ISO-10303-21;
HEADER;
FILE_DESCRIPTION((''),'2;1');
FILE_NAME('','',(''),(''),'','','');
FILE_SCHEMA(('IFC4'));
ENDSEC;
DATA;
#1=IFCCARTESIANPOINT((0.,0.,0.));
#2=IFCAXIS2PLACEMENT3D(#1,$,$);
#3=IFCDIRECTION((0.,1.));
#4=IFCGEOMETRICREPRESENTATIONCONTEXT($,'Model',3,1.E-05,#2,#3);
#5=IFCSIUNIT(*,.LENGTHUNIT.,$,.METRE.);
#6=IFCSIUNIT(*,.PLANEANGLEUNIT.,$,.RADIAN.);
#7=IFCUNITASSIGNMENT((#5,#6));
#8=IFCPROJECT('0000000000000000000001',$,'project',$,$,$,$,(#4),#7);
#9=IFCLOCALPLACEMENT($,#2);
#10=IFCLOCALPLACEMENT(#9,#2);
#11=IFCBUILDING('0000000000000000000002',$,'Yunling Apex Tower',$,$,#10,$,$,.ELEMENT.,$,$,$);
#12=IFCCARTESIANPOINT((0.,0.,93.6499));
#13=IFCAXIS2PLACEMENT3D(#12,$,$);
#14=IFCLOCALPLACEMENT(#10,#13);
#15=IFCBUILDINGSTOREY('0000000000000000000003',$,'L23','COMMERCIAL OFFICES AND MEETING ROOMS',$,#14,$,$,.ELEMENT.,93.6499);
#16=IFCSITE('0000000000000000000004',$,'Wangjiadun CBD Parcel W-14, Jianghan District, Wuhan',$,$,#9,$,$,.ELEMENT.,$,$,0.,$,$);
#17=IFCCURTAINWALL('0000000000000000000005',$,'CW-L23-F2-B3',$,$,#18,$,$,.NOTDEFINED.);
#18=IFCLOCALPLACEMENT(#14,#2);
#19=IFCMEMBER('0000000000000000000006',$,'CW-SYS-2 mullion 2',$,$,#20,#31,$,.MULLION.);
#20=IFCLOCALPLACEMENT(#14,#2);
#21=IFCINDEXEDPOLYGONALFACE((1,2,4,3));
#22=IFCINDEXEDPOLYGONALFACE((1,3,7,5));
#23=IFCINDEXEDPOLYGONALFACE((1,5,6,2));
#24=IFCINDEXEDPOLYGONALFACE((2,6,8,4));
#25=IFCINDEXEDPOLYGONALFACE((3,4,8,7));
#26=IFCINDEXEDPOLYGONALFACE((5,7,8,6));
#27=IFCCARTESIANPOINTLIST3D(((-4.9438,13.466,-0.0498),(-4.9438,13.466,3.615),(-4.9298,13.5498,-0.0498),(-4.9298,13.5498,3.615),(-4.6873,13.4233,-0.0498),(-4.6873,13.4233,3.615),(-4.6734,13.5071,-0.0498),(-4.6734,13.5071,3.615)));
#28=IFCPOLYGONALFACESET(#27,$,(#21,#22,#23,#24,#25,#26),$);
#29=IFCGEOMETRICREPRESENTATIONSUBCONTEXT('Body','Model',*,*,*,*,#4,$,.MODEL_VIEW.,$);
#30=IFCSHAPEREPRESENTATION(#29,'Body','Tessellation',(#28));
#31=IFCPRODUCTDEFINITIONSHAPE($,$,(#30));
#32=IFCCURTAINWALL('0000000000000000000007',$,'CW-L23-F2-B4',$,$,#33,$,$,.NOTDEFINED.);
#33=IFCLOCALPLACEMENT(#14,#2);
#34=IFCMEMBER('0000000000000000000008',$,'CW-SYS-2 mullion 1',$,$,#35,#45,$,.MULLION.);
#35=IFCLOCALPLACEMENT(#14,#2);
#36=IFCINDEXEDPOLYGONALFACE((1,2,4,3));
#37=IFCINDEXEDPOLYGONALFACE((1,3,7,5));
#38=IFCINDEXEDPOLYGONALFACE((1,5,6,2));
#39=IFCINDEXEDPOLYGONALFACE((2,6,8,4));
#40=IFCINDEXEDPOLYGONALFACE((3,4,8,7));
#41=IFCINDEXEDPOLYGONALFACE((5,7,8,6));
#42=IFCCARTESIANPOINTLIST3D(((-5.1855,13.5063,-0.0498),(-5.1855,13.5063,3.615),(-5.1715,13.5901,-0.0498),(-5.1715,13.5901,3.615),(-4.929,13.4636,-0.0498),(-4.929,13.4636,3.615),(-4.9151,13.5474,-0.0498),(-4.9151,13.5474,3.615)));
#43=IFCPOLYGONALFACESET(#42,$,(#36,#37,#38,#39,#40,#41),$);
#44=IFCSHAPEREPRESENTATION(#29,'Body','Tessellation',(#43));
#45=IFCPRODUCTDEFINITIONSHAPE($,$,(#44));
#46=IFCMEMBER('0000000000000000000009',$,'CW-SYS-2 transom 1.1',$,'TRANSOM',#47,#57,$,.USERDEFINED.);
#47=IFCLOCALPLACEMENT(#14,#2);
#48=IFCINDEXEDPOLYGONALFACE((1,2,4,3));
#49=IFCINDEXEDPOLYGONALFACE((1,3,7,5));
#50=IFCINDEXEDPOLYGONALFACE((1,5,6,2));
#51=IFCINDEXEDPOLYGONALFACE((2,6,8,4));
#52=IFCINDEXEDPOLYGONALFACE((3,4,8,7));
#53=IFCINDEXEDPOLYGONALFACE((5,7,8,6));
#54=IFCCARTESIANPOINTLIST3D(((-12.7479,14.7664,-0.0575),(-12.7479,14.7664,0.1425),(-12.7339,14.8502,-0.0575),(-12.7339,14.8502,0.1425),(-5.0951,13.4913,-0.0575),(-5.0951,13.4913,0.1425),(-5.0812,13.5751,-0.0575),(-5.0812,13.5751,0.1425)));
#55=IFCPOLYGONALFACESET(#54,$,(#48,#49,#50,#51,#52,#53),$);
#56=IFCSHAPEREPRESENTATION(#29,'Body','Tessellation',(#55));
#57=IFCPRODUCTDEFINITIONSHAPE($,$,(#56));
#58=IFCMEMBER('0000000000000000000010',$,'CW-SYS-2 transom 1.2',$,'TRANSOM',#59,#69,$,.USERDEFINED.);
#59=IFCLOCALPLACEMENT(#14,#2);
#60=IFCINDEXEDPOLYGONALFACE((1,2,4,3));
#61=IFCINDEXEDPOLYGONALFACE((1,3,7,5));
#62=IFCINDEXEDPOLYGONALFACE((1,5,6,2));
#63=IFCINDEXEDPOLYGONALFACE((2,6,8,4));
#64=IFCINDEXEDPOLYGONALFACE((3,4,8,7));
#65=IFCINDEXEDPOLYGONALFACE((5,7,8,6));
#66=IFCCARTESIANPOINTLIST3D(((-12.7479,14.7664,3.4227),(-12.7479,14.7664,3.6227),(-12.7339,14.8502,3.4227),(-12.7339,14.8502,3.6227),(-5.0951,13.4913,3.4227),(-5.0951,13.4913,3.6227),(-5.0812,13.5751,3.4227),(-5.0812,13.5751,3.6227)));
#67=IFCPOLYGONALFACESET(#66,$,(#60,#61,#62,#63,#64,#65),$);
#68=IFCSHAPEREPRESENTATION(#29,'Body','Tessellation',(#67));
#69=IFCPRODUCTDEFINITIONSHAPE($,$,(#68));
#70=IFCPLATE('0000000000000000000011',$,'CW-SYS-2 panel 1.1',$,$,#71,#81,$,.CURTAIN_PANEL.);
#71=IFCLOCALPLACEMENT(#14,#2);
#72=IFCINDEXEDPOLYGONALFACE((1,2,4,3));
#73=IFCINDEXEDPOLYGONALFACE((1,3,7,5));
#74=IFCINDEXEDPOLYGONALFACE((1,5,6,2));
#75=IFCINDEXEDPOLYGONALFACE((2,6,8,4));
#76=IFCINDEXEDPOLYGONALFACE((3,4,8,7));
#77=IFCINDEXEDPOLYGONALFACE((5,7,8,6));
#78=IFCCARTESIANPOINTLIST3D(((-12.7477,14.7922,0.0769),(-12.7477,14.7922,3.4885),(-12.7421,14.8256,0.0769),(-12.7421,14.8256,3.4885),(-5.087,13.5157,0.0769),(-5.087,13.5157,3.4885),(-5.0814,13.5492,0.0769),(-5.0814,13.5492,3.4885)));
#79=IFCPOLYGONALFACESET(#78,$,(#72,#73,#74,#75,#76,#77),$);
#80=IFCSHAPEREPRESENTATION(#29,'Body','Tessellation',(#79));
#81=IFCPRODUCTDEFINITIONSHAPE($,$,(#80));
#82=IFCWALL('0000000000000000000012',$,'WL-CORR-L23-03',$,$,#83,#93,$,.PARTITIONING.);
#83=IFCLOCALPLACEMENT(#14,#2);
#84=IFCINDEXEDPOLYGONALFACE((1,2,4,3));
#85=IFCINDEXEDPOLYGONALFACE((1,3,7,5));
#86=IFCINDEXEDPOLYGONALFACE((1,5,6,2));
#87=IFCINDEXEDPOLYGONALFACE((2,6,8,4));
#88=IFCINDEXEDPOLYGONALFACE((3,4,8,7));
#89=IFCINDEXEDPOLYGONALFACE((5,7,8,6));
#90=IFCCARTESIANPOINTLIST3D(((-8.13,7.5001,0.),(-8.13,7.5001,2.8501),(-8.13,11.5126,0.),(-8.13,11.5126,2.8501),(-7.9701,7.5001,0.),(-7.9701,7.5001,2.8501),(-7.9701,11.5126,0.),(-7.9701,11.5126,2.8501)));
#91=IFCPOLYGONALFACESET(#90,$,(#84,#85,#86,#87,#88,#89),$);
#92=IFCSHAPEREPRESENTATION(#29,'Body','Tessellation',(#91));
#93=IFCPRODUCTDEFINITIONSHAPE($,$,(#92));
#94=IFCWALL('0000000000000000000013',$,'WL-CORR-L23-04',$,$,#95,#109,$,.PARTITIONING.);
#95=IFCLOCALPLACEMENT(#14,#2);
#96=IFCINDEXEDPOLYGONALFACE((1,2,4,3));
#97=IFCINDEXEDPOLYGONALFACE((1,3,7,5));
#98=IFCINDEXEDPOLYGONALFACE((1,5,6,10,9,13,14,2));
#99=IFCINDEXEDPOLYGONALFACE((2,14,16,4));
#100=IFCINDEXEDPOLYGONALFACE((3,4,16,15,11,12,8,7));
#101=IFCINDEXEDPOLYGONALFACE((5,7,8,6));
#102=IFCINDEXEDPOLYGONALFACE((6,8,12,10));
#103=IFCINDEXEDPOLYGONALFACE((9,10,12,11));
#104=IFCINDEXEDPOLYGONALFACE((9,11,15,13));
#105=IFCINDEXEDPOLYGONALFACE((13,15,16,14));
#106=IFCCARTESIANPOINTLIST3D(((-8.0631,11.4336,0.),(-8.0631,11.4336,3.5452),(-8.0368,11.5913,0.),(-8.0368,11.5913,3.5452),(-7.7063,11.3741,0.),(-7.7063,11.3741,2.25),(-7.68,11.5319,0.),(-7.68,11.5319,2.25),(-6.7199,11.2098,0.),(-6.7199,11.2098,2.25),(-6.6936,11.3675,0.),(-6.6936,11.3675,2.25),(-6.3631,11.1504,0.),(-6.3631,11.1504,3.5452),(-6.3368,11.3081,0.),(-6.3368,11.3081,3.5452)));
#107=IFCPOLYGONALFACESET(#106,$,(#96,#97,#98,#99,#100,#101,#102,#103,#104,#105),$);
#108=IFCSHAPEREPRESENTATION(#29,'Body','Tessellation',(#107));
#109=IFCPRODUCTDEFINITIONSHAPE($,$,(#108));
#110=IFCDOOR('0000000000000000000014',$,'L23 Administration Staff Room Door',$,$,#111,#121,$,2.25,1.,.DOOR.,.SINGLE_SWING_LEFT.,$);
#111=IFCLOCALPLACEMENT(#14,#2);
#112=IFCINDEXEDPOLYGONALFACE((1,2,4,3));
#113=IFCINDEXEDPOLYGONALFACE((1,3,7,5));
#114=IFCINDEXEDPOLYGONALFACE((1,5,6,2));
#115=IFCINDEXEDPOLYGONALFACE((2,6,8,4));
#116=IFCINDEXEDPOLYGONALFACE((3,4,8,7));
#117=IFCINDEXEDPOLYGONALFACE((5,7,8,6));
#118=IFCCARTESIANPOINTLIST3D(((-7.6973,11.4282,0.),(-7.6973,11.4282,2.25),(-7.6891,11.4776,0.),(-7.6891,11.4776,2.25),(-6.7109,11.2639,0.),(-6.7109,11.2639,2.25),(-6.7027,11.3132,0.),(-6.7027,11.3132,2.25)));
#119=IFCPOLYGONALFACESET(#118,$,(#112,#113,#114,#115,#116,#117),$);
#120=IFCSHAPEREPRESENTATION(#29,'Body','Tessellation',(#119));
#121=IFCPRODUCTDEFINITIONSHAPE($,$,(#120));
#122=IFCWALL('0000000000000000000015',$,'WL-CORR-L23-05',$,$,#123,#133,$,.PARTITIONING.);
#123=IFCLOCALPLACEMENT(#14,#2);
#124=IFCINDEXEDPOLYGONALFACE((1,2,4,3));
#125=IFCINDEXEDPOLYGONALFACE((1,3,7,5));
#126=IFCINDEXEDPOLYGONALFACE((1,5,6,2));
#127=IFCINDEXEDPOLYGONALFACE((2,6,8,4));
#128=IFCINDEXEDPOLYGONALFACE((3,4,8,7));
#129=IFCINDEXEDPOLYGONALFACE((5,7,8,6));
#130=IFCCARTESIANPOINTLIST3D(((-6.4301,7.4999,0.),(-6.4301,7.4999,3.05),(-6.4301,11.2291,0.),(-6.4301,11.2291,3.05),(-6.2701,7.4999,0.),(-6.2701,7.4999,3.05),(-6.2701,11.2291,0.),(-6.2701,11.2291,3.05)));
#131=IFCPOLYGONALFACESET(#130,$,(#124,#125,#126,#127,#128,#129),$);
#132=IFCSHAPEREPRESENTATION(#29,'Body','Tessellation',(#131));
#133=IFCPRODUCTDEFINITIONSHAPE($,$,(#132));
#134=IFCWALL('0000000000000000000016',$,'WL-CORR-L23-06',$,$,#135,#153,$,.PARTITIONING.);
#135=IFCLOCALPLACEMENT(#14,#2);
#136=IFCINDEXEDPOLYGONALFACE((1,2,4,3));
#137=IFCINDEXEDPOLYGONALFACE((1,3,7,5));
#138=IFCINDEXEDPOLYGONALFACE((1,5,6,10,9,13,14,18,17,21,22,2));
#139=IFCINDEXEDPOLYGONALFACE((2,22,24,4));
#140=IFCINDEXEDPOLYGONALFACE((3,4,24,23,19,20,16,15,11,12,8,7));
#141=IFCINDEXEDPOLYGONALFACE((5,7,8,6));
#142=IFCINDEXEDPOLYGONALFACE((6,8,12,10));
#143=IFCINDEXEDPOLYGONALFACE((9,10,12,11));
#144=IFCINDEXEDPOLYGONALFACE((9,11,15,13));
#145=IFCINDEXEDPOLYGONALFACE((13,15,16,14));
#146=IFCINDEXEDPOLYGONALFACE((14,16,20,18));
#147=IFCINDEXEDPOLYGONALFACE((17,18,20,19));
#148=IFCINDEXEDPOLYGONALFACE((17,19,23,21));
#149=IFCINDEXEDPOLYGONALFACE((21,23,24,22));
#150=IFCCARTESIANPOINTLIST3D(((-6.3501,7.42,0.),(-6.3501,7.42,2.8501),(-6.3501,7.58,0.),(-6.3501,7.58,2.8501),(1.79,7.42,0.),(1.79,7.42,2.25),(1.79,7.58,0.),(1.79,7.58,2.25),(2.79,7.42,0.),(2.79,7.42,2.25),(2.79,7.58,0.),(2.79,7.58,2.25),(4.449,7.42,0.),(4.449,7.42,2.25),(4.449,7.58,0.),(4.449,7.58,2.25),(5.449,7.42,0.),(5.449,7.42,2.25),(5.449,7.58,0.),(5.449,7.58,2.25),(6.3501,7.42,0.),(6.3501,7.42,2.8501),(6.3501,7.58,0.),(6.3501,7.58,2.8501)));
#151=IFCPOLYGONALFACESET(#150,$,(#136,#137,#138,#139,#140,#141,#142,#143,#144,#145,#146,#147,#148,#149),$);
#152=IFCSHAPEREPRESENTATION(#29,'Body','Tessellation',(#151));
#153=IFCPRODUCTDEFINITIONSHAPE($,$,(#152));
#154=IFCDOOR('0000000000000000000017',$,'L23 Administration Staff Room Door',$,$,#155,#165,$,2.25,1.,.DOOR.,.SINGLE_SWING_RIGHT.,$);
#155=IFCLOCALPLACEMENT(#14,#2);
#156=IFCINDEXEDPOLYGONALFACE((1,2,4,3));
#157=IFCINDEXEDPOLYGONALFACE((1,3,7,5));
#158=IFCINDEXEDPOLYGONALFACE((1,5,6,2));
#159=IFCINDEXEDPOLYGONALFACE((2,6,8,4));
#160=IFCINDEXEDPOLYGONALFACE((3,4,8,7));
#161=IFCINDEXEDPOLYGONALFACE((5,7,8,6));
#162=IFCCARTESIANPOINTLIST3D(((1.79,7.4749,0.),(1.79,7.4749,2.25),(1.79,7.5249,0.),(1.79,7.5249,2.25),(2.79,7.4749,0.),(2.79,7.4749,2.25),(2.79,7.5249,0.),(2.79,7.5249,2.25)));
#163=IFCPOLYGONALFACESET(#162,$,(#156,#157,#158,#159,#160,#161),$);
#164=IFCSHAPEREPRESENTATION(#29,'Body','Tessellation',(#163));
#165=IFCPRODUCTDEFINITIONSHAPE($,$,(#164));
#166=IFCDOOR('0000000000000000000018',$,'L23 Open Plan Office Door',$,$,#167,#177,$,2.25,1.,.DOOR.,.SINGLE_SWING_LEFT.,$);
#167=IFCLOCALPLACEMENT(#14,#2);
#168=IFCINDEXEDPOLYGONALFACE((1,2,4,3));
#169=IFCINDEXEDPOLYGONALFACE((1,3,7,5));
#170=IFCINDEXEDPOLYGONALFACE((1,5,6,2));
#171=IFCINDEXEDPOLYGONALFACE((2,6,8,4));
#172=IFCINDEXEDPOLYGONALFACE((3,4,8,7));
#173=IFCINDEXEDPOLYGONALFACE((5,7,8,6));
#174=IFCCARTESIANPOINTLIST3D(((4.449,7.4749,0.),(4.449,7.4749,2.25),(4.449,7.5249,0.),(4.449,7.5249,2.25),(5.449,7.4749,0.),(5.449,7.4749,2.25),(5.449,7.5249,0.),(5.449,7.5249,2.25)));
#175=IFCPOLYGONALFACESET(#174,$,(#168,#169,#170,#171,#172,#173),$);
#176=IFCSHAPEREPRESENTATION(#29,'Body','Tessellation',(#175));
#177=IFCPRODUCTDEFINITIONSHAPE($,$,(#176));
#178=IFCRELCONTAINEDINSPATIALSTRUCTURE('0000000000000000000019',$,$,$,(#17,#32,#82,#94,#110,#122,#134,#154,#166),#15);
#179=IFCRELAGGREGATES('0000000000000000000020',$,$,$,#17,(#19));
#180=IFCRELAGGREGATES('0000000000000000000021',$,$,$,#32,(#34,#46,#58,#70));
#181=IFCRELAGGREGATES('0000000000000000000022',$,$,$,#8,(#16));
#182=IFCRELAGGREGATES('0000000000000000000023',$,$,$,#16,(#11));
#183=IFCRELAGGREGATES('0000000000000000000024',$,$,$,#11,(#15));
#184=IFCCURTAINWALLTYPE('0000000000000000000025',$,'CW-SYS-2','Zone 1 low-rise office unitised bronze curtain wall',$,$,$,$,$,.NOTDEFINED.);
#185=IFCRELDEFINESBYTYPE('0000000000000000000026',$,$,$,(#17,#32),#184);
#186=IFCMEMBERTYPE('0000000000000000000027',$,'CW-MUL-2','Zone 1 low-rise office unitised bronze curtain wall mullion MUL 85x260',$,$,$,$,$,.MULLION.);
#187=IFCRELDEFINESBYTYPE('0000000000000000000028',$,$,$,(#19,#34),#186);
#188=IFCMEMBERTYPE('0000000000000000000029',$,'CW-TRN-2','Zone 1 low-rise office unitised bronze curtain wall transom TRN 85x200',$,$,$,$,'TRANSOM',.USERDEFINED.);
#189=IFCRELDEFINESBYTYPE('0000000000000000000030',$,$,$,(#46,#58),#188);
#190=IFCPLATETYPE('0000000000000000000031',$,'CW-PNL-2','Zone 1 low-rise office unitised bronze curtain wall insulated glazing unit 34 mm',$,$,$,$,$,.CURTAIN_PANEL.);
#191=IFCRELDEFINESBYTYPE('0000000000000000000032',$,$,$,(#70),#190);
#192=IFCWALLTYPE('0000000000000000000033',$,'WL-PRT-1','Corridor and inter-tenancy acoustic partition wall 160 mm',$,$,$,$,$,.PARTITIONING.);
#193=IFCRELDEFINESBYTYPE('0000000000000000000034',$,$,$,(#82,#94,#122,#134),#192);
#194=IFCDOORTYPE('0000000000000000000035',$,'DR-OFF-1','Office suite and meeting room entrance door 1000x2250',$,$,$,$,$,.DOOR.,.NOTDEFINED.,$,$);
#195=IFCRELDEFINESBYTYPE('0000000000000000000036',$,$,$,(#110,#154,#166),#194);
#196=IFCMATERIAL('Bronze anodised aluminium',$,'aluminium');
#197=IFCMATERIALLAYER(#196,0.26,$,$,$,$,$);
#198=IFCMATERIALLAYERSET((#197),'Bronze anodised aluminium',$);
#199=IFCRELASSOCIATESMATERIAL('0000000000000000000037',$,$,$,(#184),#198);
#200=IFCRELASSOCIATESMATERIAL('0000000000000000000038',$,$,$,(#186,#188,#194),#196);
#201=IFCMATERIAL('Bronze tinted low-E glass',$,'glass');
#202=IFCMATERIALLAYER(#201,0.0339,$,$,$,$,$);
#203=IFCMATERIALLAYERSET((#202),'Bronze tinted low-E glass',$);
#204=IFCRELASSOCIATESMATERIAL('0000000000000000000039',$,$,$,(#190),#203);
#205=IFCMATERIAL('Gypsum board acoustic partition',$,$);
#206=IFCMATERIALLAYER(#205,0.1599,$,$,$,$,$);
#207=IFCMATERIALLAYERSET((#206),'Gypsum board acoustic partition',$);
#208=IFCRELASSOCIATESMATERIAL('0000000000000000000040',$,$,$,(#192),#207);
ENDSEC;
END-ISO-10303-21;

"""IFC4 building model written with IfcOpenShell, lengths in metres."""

from ifc_helpers import new_model, si_unit, direction, frame, frame_2d, origin, origin_2d, place, context, subcontext, project, spatial, rectangle, extrude, source, transform, mapped, material, layer, layer_set, material_profile, profile_set, type_object, element, fill, aggregate, save


model = new_model("IFC4")

# Units and contexts
model_context = context("Model", 3, precision=1e-05, world=origin(), true_north=direction((0.0, 1.0)))
body_context = subcontext(model_context, "Body", "Model", "MODEL_VIEW")
ifc_project = project(units=[si_unit("LENGTHUNIT", "METRE"), si_unit("PLANEANGLEUNIT", "RADIAN")], contexts=[model_context])

# Site, building, storey
site_placement = place(None, origin())
site = spatial("IfcSite", under=ifc_project, at=site_placement, Name="Wangjiadun CBD Parcel W-14, Jianghan District, Wuhan", CompositionType="ELEMENT", RefElevation=0.0)
building_placement = place(site_placement, origin())
building = spatial("IfcBuilding", under=site, at=building_placement, Name="Yunling Apex Tower", CompositionType="ELEMENT")
storey_placement = place(building_placement, frame((0.0, 0.0, 93.6499)))
storey = spatial("IfcBuildingStorey", under=building, at=storey_placement, Name="L23", Description="COMMERCIAL OFFICES AND MEETING ROOMS", CompositionType="ELEMENT", Elevation=93.6499)

# Curtain wall, member
ifc_material_1 = material(Name="Bronze anodised aluminium", Category="aluminium")
ifc_layer_1 = layer(ifc_material_1, 0.26)
ifc_layer_set_1 = layer_set([ifc_layer_1], Name="Bronze anodised aluminium")
curtain_wall_type = type_object("IfcCurtainWallType", Name="CW-SYS-2", Description="Zone 1 low-rise office unitised bronze curtain wall", PredefinedType="NOTDEFINED", material=ifc_layer_set_1)
curtain_wall_1_placement = place(storey_placement, origin())
curtain_wall_1 = element("IfcCurtainWall", 1, at=curtain_wall_1_placement, inside=storey, type_object=curtain_wall_type, Name="CW-L23-F2-B3", PredefinedType="NOTDEFINED")
ifc_material_profile_1 = material_profile(ifc_material_1, rectangle(XDim=0.085, YDim=0.26, at=origin_2d()))
ifc_profile_set_1 = profile_set([ifc_material_profile_1], Name="Bronze anodised aluminium")
member_type_1 = type_object("IfcMemberType", Name="CW-MUL-2", Description="Zone 1 low-rise office unitised bronze curtain wall mullion MUL 85x260", PredefinedType="MULLION", material=ifc_profile_set_1)
shared_shape_1 = source(origin(), body_context, "Body", "SweptSolid", [
    extrude(rectangle(XDim=0.085, YDim=0.26, at=origin_2d()), origin(), (0.0, 0.0, 1.0), 3.6648),
])
member_1_placement = place(storey_placement, frame((-4.8086, 13.4866, -0.0498), z_axis=(0.0, 0.0, 1.0), x_axis=(-0.164362, -0.9864, 0.0)))
member_1 = element("IfcMember", 2, at=member_1_placement, type_object=member_type_1, Name="CW-SYS-2 mullion 2", PredefinedType="MULLION", context=body_context, shape_type="MappedRepresentation", body=[
    mapped(shared_shape_1, transform((0.0, 0.0, 0.0), scale=1.0)),
])
aggregate(curtain_wall_1, [member_1])

# Curtain wall, members, plate
curtain_wall_2_placement = place(storey_placement, origin())
curtain_wall_2 = element("IfcCurtainWall", 3, at=curtain_wall_2_placement, inside=storey, type_object=curtain_wall_type, Name="CW-L23-F2-B4", PredefinedType="NOTDEFINED")
member_2_placement = place(storey_placement, frame((-5.0503, 13.5269, -0.0498), z_axis=(0.0, 0.0, 1.0), x_axis=(-0.16436, -0.9864, 0.0)))
member_2 = element("IfcMember", 4, at=member_2_placement, type_object=member_type_1, Name="CW-SYS-2 mullion 1", PredefinedType="MULLION", context=body_context, shape_type="MappedRepresentation", body=[
    mapped(shared_shape_1, transform((0.0, 0.0, 0.0), scale=1.0)),
])
ifc_material_profile_2 = material_profile(ifc_material_1, rectangle(XDim=0.085, YDim=0.2, at=origin_2d()))
ifc_profile_set_2 = profile_set([ifc_material_profile_2], Name="Bronze anodised aluminium")
member_type_2 = type_object("IfcMemberType", Name="CW-TRN-2", Description="Zone 1 low-rise office unitised bronze curtain wall transom TRN 85x200", ElementType="TRANSOM", PredefinedType="USERDEFINED", material=ifc_profile_set_2)
shared_shape_2 = source(origin(), body_context, "Body", "SweptSolid", [
    extrude(rectangle(XDim=0.085, YDim=0.2, at=origin_2d()), origin(), (0.0, 0.0, 1.0), 7.7583),
])
member_3_placement = place(storey_placement, frame((-5.0881, 13.5332, 0.0425), z_axis=(-0.986401, 0.164358, 0.0), x_axis=(-0.164358, -0.986401, 0.0)))
member_3 = element("IfcMember", 5, at=member_3_placement, type_object=member_type_2, Name="CW-SYS-2 transom 1.1", ObjectType="TRANSOM", PredefinedType="USERDEFINED", context=body_context, shape_type="MappedRepresentation", body=[
    mapped(shared_shape_2, transform((0.0, 0.0, 0.0), scale=1.0)),
])
member_4_placement = place(storey_placement, frame((-5.0881, 13.5332, 3.5227), z_axis=(-0.986401, 0.164358, 0.0), x_axis=(-0.164358, -0.986401, 0.0)))
member_4 = element("IfcMember", 6, at=member_4_placement, type_object=member_type_2, Name="CW-SYS-2 transom 1.2", ObjectType="TRANSOM", PredefinedType="USERDEFINED", context=body_context, shape_type="MappedRepresentation", body=[
    mapped(shared_shape_2, transform((0.0, 0.0, 0.0), scale=1.0)),
])
ifc_material_2 = material(Name="Bronze tinted low-E glass", Category="glass")
ifc_layer_2 = layer(ifc_material_2, 0.0339)
ifc_layer_set_2 = layer_set([ifc_layer_2], Name="Bronze tinted low-E glass")
plate_type = type_object("IfcPlateType", Name="CW-PNL-2", Description="Zone 1 low-rise office unitised bronze curtain wall insulated glazing unit 34 mm", PredefinedType="CURTAIN_PANEL", material=ifc_layer_set_2)
shared_shape_3 = source(origin(), body_context, "Body", "SweptSolid", [
    extrude(rectangle(XDim=7.7664, YDim=0.0339, at=origin_2d()), origin(), (0.0, 0.0, 1.0), 3.4116),
])
plate_placement = place(storey_placement, frame((-8.9146, 14.1707, 0.0769), z_axis=(0.0, 0.0, 1.0), x_axis=(-0.9864, 0.16436, 0.0)))
plate = element("IfcPlate", 7, at=plate_placement, type_object=plate_type, Name="CW-SYS-2 panel 1.1", PredefinedType="CURTAIN_PANEL", context=body_context, shape_type="MappedRepresentation", body=[
    mapped(shared_shape_3, transform((0.0, 0.0, 0.0), scale=1.0)),
])
aggregate(curtain_wall_2, [member_2, member_3, member_4, plate])

# Wall
ifc_material_3 = material(Name="Gypsum board acoustic partition")
ifc_layer_3 = layer(ifc_material_3, 0.1599)
ifc_layer_set_3 = layer_set([ifc_layer_3], Name="Gypsum board acoustic partition")
wall_type_1 = type_object("IfcWallType", Name="WL-PRT-1", Description="Corridor and inter-tenancy acoustic partition wall 160 mm", PredefinedType="PARTITIONING", material=ifc_layer_set_3)
wall_1_placement = place(storey_placement, frame((-8.05, 7.5, 0.0), z_axis=(0.0, 0.0, 1.0), x_axis=(0.0, 1.0, 0.0)))
element("IfcWall", 8, at=wall_1_placement, inside=storey, type_object=wall_type_1, Name="WL-CORR-L23-03", PredefinedType="PARTITIONING", context=body_context, shape_type="SweptSolid", body=[
    extrude(rectangle(XDim=4.0125, YDim=0.1599, at=frame_2d((2.0063, 0.0))), origin(), (0.0, 0.0, 1.0), 2.8501),
])

# Wall, opening, door
wall_2_placement = place(storey_placement, frame((-8.05, 11.5125, 0.0), z_axis=(0.0, 0.0, 1.0), x_axis=(0.986405, -0.16433, 0.0)))
wall_2 = element("IfcWall", 9, at=wall_2_placement, inside=storey, type_object=wall_type_1, Name="WL-CORR-L23-04", PredefinedType="PARTITIONING", context=body_context, shape_type="SweptSolid", body=[
    extrude(rectangle(XDim=1.7234, YDim=0.1599, at=frame_2d((0.8618, 0.0))), origin(), (0.0, 0.0, 1.0), 3.5452),
])
opening_1_placement = place(wall_2_placement, frame((0.3618, 0.0, 0.0)))
opening_1 = element("IfcOpeningElement", 10, at=opening_1_placement, cuts=wall_2, PredefinedType="OPENING", context=body_context, shape_type="SweptSolid", body=[
    extrude(rectangle(XDim=1.0, YDim=2.25, at=frame_2d((0.5, 1.125))), frame((0.0, 0.0898, 0.0), z_axis=(0.0, -1.0, 0.0), x_axis=(1.0, 0.0, 0.0)), (0.0, 0.0, 1.0), 0.1799),
])
door_type = type_object("IfcDoorType", Name="DR-OFF-1", Description="Office suite and meeting room entrance door 1000x2250", OperationType="NOTDEFINED", PredefinedType="DOOR", material=ifc_material_1)
door_1_placement = place(opening_1_placement, origin())
door_1 = element("IfcDoor", 11, at=door_1_placement, inside=storey, type_object=door_type, Name="L23 Administration Staff Room Door", OperationType="SINGLE_SWING_LEFT", OverallHeight=2.25, OverallWidth=1.0, PredefinedType="DOOR", context=body_context, shape_type="SweptSolid", body=[
    extrude(rectangle(XDim=1.0, YDim=2.25, at=frame_2d((0.5, 1.125))), frame((0.0, 0.0249, 0.0), z_axis=(0.0, -1.0, 0.0), x_axis=(1.0, 0.0, 0.0)), (0.0, 0.0, 1.0), 0.05),
])
fill(opening_1, door_1)

# Wall
wall_3_placement = place(storey_placement, frame((-6.3501, 11.2292, 0.0), z_axis=(0.0, 0.0, 1.0), x_axis=(0.0, -1.0, 0.0)))
element("IfcWall", 12, at=wall_3_placement, inside=storey, type_object=wall_type_1, Name="WL-CORR-L23-05", PredefinedType="PARTITIONING", context=body_context, shape_type="SweptSolid", body=[
    extrude(rectangle(XDim=3.7292, YDim=0.1599, at=frame_2d((1.8647, 0.0))), origin(), (0.0, 0.0, 1.0), 3.05),
])

# Wall, openings, doors
wall_4_placement = place(storey_placement, frame((-6.3501, 7.5, 0.0), z_axis=(0.0, 0.0, 1.0), x_axis=(1.0, 0.0, 0.0)))
wall_4 = element("IfcWall", 13, at=wall_4_placement, inside=storey, type_object=wall_type_1, Name="WL-CORR-L23-06", PredefinedType="PARTITIONING", context=body_context, shape_type="SweptSolid", body=[
    extrude(rectangle(XDim=12.7002, YDim=0.1599, at=frame_2d((6.3501, 0.0))), origin(), (0.0, 0.0, 1.0), 2.8501),
])
opening_2_placement = place(wall_4_placement, frame((8.1401, 0.0, 0.0)))
opening_2 = element("IfcOpeningElement", 14, at=opening_2_placement, cuts=wall_4, PredefinedType="OPENING", context=body_context, shape_type="SweptSolid", body=[
    extrude(rectangle(XDim=1.0, YDim=2.25, at=frame_2d((0.5, 1.125))), frame((0.0, 0.0898, 0.0), z_axis=(0.0, -1.0, 0.0), x_axis=(1.0, 0.0, 0.0)), (0.0, 0.0, 1.0), 0.1799),
])
opening_3_placement = place(wall_4_placement, frame((10.7991, 0.0, 0.0)))
opening_3 = element("IfcOpeningElement", 15, at=opening_3_placement, cuts=wall_4, PredefinedType="OPENING", context=body_context, shape_type="SweptSolid", body=[
    extrude(rectangle(XDim=1.0, YDim=2.25, at=frame_2d((0.5, 1.125))), frame((0.0, 0.0898, 0.0), z_axis=(0.0, -1.0, 0.0), x_axis=(1.0, 0.0, 0.0)), (0.0, 0.0, 1.0), 0.1799),
])
door_2_placement = place(opening_2_placement, origin())
door_2 = element("IfcDoor", 16, at=door_2_placement, inside=storey, type_object=door_type, Name="L23 Administration Staff Room Door", OperationType="SINGLE_SWING_RIGHT", OverallHeight=2.25, OverallWidth=1.0, PredefinedType="DOOR", context=body_context, shape_type="SweptSolid", body=[
    extrude(rectangle(XDim=1.0, YDim=2.25, at=frame_2d((0.5, 1.125))), frame((0.0, 0.0249, 0.0), z_axis=(0.0, -1.0, 0.0), x_axis=(1.0, 0.0, 0.0)), (0.0, 0.0, 1.0), 0.05),
])
fill(opening_2, door_2)
door_3_placement = place(opening_3_placement, origin())
door_3 = element("IfcDoor", 17, at=door_3_placement, inside=storey, type_object=door_type, Name="L23 Open Plan Office Door", OperationType="SINGLE_SWING_LEFT", OverallHeight=2.25, OverallWidth=1.0, PredefinedType="DOOR", context=body_context, shape_type="SweptSolid", body=[
    extrude(rectangle(XDim=1.0, YDim=2.25, at=frame_2d((0.5, 1.125))), frame((0.0, 0.0249, 0.0), z_axis=(0.0, -1.0, 0.0), x_axis=(1.0, 0.0, 0.0)), (0.0, 0.0, 1.0), 0.05),
])
fill(opening_3, door_3)

save(model, "model.ifc")
